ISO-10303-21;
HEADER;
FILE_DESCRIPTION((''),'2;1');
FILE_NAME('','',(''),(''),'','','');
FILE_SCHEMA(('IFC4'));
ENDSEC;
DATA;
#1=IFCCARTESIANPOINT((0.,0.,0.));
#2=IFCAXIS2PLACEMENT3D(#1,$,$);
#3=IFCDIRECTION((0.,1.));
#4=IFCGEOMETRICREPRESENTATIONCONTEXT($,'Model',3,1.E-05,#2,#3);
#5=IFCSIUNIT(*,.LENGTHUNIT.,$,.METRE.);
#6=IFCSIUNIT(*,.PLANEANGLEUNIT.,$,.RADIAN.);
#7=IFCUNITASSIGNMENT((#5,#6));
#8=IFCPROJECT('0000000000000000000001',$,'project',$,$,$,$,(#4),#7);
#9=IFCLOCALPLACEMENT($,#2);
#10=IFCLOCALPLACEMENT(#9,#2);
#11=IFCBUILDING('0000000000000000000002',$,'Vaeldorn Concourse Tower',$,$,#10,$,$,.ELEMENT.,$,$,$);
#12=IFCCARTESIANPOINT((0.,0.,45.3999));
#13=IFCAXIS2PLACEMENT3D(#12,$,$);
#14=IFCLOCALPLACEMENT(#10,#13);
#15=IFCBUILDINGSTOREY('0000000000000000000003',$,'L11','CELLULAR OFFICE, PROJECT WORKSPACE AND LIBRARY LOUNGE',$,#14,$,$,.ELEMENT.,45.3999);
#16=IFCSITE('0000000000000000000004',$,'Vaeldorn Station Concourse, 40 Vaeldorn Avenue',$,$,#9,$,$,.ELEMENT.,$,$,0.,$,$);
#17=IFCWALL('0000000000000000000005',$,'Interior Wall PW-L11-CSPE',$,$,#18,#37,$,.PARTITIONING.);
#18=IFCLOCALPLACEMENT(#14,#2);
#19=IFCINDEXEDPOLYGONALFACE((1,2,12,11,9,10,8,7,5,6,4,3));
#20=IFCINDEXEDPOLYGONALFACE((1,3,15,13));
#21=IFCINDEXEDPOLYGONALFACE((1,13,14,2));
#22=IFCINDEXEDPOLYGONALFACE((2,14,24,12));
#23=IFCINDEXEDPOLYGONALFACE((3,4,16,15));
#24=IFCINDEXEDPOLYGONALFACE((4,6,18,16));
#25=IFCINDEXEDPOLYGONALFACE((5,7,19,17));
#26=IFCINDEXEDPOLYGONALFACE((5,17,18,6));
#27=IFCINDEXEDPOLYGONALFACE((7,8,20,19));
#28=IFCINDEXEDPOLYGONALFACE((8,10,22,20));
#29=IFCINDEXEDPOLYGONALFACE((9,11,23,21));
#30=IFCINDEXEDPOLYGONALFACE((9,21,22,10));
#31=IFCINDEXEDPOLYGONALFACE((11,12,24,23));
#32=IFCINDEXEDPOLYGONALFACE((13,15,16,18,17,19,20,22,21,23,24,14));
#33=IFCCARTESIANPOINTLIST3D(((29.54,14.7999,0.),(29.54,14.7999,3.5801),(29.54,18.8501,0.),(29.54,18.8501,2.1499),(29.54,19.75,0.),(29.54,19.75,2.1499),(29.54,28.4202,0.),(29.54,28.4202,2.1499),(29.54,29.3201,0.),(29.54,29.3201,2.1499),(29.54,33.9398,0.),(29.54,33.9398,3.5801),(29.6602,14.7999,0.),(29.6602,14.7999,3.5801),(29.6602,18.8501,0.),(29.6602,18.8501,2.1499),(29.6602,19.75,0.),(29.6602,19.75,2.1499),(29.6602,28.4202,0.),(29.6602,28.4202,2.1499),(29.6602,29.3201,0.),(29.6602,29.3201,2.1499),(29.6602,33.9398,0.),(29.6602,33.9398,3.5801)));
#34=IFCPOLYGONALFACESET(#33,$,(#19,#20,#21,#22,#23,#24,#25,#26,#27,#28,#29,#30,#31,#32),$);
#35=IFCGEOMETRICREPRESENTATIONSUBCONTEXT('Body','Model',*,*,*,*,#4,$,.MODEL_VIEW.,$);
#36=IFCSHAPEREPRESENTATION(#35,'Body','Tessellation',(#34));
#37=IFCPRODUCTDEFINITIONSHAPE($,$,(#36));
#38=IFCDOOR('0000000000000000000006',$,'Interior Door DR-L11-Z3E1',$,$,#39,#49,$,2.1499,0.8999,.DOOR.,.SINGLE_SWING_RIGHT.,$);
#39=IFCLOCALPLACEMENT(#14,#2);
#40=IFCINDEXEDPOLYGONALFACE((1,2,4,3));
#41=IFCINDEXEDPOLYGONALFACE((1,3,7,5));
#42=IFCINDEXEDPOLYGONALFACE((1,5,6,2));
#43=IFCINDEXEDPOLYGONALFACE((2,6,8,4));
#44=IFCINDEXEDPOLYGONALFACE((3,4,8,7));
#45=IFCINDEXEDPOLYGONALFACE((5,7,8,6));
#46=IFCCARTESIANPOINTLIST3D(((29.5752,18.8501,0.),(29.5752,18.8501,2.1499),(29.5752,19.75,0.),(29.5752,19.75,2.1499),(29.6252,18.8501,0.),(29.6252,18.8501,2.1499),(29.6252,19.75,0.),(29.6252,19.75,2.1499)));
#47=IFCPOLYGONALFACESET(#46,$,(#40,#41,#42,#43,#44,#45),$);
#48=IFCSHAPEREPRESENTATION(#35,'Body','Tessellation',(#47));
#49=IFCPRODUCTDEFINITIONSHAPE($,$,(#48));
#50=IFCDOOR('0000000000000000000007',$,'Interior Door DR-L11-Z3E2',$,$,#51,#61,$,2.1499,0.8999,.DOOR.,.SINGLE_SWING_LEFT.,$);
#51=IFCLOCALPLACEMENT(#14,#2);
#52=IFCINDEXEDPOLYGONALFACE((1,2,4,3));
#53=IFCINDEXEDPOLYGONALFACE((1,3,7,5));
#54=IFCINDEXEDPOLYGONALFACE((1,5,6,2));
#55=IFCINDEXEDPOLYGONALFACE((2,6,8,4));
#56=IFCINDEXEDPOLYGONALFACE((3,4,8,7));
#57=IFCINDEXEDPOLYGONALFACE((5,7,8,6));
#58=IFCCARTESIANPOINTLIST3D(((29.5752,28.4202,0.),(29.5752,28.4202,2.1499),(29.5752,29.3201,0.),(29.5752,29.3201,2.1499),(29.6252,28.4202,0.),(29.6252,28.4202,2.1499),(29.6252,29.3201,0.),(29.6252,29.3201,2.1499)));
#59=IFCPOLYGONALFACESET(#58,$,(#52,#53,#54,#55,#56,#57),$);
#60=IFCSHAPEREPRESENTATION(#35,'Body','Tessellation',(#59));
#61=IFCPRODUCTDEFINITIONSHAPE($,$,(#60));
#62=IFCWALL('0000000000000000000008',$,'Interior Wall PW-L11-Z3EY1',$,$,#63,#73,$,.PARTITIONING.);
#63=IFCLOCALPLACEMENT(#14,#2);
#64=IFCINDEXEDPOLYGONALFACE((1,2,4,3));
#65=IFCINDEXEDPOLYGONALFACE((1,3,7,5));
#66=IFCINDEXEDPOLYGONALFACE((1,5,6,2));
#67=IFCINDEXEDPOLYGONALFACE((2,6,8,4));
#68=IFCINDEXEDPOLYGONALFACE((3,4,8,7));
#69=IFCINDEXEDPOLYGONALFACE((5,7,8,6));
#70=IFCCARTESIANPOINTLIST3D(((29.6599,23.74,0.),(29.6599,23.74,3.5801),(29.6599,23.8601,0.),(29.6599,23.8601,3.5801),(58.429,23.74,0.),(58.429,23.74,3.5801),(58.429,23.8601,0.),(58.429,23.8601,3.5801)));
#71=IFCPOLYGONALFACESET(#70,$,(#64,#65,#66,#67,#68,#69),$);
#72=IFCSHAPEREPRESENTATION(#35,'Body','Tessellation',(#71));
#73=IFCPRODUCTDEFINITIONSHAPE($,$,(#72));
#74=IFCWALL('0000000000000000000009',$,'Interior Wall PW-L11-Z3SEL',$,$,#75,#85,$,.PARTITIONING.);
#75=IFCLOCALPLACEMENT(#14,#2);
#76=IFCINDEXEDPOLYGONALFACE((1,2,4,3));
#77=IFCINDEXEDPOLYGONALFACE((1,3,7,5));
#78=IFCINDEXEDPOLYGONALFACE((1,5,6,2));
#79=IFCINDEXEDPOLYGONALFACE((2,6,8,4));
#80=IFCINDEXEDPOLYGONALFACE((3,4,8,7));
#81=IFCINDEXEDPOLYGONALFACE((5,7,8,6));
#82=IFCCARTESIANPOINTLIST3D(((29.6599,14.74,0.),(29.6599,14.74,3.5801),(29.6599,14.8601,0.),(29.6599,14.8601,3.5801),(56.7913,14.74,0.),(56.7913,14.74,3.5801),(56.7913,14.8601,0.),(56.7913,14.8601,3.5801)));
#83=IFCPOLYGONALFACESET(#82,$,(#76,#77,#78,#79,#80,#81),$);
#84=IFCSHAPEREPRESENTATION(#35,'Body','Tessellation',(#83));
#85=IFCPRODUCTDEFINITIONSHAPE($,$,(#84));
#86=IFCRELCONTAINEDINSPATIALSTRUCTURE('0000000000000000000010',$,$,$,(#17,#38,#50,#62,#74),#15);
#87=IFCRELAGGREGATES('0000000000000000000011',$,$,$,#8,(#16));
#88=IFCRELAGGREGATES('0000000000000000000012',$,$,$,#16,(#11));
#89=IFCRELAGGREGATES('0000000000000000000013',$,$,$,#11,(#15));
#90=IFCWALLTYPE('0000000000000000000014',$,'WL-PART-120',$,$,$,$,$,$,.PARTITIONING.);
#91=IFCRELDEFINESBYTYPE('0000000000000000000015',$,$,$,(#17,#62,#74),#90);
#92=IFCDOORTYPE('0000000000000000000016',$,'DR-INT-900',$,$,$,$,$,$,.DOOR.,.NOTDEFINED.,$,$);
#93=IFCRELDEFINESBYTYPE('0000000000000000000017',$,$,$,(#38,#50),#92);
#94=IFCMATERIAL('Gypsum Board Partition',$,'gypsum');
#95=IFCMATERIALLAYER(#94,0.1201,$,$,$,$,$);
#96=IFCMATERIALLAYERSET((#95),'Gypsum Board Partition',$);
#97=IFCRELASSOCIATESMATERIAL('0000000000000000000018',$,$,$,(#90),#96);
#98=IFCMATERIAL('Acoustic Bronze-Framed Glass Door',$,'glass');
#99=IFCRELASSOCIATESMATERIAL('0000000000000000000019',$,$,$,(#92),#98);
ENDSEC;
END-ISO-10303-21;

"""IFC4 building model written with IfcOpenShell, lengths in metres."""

from ifc_helpers import new_model, si_unit, direction, frame, frame_2d, origin, place, context, subcontext, project, spatial, rectangle, extrude, source, transform, mapped, material, layer, layer_set, type_object, element, fill, save


model = new_model("IFC4")

# Units and contexts
model_context = context("Model", 3, precision=1e-05, world=origin(), true_north=direction((0.0, 1.0)))
body_context = subcontext(model_context, "Body", "Model", "MODEL_VIEW")
ifc_project = project(units=[si_unit("LENGTHUNIT", "METRE"), si_unit("PLANEANGLEUNIT", "RADIAN")], contexts=[model_context])

# Site, building, storey
site_placement = place(None, origin())
site = spatial("IfcSite", under=ifc_project, at=site_placement, Name="Vaeldorn Station Concourse, 40 Vaeldorn Avenue", CompositionType="ELEMENT", RefElevation=0.0)
building_placement = place(site_placement, origin())
building = spatial("IfcBuilding", under=site, at=building_placement, Name="Vaeldorn Concourse Tower", CompositionType="ELEMENT")
storey_placement = place(building_placement, frame((0.0, 0.0, 45.3999)))
storey = spatial("IfcBuildingStorey", under=building, at=storey_placement, Name="L11", Description="CELLULAR OFFICE, PROJECT WORKSPACE AND LIBRARY LOUNGE", CompositionType="ELEMENT", Elevation=45.3999)

# Shared definitions
ifc_material_1 = material(Name="Gypsum Board Partition", Category="gypsum")
ifc_layer_1 = layer(ifc_material_1, 0.1201)
ifc_layer_set_1 = layer_set([ifc_layer_1], Name="Gypsum Board Partition")
wall_type_1 = type_object("IfcWallType", Name="WL-PART-120", PredefinedType="PARTITIONING", material=ifc_layer_set_1)

# Wall, openings, doors
wall_1_placement = place(storey_placement, frame((29.6001, 14.8, 0.0), z_axis=(0.0, 0.0, 1.0), x_axis=(0.0, 1.0, 0.0)))
wall_1 = element("IfcWall", 1, at=wall_1_placement, inside=storey, type_object=wall_type_1, Name="Interior Wall PW-L11-CSPE", PredefinedType="PARTITIONING", context=body_context, shape_type="SweptSolid", body=[
    extrude(rectangle(XDim=19.1399, YDim=0.1201, at=frame_2d((9.5698, 0.0))), origin(), (0.0, 0.0, 1.0), 3.5801),
])
opening_1_placement = place(wall_1_placement, frame((4.05, 0.0, 0.0)))
opening_1 = element("IfcOpeningElement", 2, at=opening_1_placement, cuts=wall_1, PredefinedType="OPENING", context=body_context, shape_type="SweptSolid", body=[
    extrude(rectangle(XDim=0.8999, YDim=2.1499, at=frame_2d((0.45, 1.075))), frame((0.0, 0.0701, 0.0), z_axis=(0.0, -1.0, 0.0), x_axis=(1.0, 0.0, 0.0)), (0.0, 0.0, 1.0), 0.1401),
])
opening_2_placement = place(wall_1_placement, frame((13.6201, 0.0, 0.0)))
opening_2 = element("IfcOpeningElement", 3, at=opening_2_placement, cuts=wall_1, PredefinedType="OPENING", context=body_context, shape_type="SweptSolid", body=[
    extrude(rectangle(XDim=0.8999, YDim=2.1499, at=frame_2d((0.45, 1.075))), frame((0.0, 0.0701, 0.0), z_axis=(0.0, -1.0, 0.0), x_axis=(1.0, 0.0, 0.0)), (0.0, 0.0, 1.0), 0.1401),
])
ifc_material_2 = material(Name="Acoustic Bronze-Framed Glass Door", Category="glass")
door_type = type_object("IfcDoorType", Name="DR-INT-900", OperationType="NOTDEFINED", PredefinedType="DOOR", material=ifc_material_2)
shared_shape_1 = source(origin(), body_context, "Body", "SweptSolid", [
    extrude(rectangle(XDim=0.8999, YDim=2.1499, at=frame_2d((0.45, 1.075))), frame((0.0, 0.0249, 0.0), z_axis=(0.0, -1.0, 0.0), x_axis=(1.0, 0.0, 0.0)), (0.0, 0.0, 1.0), 0.05),
])
door_1_placement = place(opening_1_placement, origin())
door_1 = element("IfcDoor", 4, at=door_1_placement, inside=storey, type_object=door_type, Name="Interior Door DR-L11-Z3E1", OperationType="SINGLE_SWING_RIGHT", OverallHeight=2.1499, OverallWidth=0.8999, PredefinedType="DOOR", context=body_context, shape_type="MappedRepresentation", body=[
    mapped(shared_shape_1, transform((0.0, 0.0, 0.0), scale=1.0)),
])
fill(opening_1, door_1)
door_2_placement = place(opening_2_placement, origin())
door_2 = element("IfcDoor", 5, at=door_2_placement, inside=storey, type_object=door_type, Name="Interior Door DR-L11-Z3E2", OperationType="SINGLE_SWING_LEFT", OverallHeight=2.1499, OverallWidth=0.8999, PredefinedType="DOOR", context=body_context, shape_type="MappedRepresentation", body=[
    mapped(shared_shape_1, transform((0.0, 0.0, 0.0), scale=1.0)),
])
fill(opening_2, door_2)

# Walls
wall_2_placement = place(storey_placement, frame((29.6599, 23.8, 0.0), z_axis=(0.0, 0.0, 1.0), x_axis=(1.0, 0.0, 0.0)))
element("IfcWall", 6, at=wall_2_placement, inside=storey, type_object=wall_type_1, Name="Interior Wall PW-L11-Z3EY1", PredefinedType="PARTITIONING", context=body_context, shape_type="SweptSolid", body=[
    extrude(rectangle(XDim=28.769, YDim=0.1201, at=frame_2d((14.3845, 0.0))), origin(), (0.0, 0.0, 1.0), 3.5801),
])
wall_3_placement = place(storey_placement, frame((29.6599, 14.8, 0.0), z_axis=(0.0, 0.0, 1.0), x_axis=(1.0, 0.0, 0.0)))
element("IfcWall", 7, at=wall_3_placement, inside=storey, type_object=wall_type_1, Name="Interior Wall PW-L11-Z3SEL", PredefinedType="PARTITIONING", context=body_context, shape_type="SweptSolid", body=[
    extrude(rectangle(XDim=27.1313, YDim=0.1201, at=frame_2d((13.5657, 0.0))), origin(), (0.0, 0.0, 1.0), 3.5801),
])

save(model, "model.ifc")
